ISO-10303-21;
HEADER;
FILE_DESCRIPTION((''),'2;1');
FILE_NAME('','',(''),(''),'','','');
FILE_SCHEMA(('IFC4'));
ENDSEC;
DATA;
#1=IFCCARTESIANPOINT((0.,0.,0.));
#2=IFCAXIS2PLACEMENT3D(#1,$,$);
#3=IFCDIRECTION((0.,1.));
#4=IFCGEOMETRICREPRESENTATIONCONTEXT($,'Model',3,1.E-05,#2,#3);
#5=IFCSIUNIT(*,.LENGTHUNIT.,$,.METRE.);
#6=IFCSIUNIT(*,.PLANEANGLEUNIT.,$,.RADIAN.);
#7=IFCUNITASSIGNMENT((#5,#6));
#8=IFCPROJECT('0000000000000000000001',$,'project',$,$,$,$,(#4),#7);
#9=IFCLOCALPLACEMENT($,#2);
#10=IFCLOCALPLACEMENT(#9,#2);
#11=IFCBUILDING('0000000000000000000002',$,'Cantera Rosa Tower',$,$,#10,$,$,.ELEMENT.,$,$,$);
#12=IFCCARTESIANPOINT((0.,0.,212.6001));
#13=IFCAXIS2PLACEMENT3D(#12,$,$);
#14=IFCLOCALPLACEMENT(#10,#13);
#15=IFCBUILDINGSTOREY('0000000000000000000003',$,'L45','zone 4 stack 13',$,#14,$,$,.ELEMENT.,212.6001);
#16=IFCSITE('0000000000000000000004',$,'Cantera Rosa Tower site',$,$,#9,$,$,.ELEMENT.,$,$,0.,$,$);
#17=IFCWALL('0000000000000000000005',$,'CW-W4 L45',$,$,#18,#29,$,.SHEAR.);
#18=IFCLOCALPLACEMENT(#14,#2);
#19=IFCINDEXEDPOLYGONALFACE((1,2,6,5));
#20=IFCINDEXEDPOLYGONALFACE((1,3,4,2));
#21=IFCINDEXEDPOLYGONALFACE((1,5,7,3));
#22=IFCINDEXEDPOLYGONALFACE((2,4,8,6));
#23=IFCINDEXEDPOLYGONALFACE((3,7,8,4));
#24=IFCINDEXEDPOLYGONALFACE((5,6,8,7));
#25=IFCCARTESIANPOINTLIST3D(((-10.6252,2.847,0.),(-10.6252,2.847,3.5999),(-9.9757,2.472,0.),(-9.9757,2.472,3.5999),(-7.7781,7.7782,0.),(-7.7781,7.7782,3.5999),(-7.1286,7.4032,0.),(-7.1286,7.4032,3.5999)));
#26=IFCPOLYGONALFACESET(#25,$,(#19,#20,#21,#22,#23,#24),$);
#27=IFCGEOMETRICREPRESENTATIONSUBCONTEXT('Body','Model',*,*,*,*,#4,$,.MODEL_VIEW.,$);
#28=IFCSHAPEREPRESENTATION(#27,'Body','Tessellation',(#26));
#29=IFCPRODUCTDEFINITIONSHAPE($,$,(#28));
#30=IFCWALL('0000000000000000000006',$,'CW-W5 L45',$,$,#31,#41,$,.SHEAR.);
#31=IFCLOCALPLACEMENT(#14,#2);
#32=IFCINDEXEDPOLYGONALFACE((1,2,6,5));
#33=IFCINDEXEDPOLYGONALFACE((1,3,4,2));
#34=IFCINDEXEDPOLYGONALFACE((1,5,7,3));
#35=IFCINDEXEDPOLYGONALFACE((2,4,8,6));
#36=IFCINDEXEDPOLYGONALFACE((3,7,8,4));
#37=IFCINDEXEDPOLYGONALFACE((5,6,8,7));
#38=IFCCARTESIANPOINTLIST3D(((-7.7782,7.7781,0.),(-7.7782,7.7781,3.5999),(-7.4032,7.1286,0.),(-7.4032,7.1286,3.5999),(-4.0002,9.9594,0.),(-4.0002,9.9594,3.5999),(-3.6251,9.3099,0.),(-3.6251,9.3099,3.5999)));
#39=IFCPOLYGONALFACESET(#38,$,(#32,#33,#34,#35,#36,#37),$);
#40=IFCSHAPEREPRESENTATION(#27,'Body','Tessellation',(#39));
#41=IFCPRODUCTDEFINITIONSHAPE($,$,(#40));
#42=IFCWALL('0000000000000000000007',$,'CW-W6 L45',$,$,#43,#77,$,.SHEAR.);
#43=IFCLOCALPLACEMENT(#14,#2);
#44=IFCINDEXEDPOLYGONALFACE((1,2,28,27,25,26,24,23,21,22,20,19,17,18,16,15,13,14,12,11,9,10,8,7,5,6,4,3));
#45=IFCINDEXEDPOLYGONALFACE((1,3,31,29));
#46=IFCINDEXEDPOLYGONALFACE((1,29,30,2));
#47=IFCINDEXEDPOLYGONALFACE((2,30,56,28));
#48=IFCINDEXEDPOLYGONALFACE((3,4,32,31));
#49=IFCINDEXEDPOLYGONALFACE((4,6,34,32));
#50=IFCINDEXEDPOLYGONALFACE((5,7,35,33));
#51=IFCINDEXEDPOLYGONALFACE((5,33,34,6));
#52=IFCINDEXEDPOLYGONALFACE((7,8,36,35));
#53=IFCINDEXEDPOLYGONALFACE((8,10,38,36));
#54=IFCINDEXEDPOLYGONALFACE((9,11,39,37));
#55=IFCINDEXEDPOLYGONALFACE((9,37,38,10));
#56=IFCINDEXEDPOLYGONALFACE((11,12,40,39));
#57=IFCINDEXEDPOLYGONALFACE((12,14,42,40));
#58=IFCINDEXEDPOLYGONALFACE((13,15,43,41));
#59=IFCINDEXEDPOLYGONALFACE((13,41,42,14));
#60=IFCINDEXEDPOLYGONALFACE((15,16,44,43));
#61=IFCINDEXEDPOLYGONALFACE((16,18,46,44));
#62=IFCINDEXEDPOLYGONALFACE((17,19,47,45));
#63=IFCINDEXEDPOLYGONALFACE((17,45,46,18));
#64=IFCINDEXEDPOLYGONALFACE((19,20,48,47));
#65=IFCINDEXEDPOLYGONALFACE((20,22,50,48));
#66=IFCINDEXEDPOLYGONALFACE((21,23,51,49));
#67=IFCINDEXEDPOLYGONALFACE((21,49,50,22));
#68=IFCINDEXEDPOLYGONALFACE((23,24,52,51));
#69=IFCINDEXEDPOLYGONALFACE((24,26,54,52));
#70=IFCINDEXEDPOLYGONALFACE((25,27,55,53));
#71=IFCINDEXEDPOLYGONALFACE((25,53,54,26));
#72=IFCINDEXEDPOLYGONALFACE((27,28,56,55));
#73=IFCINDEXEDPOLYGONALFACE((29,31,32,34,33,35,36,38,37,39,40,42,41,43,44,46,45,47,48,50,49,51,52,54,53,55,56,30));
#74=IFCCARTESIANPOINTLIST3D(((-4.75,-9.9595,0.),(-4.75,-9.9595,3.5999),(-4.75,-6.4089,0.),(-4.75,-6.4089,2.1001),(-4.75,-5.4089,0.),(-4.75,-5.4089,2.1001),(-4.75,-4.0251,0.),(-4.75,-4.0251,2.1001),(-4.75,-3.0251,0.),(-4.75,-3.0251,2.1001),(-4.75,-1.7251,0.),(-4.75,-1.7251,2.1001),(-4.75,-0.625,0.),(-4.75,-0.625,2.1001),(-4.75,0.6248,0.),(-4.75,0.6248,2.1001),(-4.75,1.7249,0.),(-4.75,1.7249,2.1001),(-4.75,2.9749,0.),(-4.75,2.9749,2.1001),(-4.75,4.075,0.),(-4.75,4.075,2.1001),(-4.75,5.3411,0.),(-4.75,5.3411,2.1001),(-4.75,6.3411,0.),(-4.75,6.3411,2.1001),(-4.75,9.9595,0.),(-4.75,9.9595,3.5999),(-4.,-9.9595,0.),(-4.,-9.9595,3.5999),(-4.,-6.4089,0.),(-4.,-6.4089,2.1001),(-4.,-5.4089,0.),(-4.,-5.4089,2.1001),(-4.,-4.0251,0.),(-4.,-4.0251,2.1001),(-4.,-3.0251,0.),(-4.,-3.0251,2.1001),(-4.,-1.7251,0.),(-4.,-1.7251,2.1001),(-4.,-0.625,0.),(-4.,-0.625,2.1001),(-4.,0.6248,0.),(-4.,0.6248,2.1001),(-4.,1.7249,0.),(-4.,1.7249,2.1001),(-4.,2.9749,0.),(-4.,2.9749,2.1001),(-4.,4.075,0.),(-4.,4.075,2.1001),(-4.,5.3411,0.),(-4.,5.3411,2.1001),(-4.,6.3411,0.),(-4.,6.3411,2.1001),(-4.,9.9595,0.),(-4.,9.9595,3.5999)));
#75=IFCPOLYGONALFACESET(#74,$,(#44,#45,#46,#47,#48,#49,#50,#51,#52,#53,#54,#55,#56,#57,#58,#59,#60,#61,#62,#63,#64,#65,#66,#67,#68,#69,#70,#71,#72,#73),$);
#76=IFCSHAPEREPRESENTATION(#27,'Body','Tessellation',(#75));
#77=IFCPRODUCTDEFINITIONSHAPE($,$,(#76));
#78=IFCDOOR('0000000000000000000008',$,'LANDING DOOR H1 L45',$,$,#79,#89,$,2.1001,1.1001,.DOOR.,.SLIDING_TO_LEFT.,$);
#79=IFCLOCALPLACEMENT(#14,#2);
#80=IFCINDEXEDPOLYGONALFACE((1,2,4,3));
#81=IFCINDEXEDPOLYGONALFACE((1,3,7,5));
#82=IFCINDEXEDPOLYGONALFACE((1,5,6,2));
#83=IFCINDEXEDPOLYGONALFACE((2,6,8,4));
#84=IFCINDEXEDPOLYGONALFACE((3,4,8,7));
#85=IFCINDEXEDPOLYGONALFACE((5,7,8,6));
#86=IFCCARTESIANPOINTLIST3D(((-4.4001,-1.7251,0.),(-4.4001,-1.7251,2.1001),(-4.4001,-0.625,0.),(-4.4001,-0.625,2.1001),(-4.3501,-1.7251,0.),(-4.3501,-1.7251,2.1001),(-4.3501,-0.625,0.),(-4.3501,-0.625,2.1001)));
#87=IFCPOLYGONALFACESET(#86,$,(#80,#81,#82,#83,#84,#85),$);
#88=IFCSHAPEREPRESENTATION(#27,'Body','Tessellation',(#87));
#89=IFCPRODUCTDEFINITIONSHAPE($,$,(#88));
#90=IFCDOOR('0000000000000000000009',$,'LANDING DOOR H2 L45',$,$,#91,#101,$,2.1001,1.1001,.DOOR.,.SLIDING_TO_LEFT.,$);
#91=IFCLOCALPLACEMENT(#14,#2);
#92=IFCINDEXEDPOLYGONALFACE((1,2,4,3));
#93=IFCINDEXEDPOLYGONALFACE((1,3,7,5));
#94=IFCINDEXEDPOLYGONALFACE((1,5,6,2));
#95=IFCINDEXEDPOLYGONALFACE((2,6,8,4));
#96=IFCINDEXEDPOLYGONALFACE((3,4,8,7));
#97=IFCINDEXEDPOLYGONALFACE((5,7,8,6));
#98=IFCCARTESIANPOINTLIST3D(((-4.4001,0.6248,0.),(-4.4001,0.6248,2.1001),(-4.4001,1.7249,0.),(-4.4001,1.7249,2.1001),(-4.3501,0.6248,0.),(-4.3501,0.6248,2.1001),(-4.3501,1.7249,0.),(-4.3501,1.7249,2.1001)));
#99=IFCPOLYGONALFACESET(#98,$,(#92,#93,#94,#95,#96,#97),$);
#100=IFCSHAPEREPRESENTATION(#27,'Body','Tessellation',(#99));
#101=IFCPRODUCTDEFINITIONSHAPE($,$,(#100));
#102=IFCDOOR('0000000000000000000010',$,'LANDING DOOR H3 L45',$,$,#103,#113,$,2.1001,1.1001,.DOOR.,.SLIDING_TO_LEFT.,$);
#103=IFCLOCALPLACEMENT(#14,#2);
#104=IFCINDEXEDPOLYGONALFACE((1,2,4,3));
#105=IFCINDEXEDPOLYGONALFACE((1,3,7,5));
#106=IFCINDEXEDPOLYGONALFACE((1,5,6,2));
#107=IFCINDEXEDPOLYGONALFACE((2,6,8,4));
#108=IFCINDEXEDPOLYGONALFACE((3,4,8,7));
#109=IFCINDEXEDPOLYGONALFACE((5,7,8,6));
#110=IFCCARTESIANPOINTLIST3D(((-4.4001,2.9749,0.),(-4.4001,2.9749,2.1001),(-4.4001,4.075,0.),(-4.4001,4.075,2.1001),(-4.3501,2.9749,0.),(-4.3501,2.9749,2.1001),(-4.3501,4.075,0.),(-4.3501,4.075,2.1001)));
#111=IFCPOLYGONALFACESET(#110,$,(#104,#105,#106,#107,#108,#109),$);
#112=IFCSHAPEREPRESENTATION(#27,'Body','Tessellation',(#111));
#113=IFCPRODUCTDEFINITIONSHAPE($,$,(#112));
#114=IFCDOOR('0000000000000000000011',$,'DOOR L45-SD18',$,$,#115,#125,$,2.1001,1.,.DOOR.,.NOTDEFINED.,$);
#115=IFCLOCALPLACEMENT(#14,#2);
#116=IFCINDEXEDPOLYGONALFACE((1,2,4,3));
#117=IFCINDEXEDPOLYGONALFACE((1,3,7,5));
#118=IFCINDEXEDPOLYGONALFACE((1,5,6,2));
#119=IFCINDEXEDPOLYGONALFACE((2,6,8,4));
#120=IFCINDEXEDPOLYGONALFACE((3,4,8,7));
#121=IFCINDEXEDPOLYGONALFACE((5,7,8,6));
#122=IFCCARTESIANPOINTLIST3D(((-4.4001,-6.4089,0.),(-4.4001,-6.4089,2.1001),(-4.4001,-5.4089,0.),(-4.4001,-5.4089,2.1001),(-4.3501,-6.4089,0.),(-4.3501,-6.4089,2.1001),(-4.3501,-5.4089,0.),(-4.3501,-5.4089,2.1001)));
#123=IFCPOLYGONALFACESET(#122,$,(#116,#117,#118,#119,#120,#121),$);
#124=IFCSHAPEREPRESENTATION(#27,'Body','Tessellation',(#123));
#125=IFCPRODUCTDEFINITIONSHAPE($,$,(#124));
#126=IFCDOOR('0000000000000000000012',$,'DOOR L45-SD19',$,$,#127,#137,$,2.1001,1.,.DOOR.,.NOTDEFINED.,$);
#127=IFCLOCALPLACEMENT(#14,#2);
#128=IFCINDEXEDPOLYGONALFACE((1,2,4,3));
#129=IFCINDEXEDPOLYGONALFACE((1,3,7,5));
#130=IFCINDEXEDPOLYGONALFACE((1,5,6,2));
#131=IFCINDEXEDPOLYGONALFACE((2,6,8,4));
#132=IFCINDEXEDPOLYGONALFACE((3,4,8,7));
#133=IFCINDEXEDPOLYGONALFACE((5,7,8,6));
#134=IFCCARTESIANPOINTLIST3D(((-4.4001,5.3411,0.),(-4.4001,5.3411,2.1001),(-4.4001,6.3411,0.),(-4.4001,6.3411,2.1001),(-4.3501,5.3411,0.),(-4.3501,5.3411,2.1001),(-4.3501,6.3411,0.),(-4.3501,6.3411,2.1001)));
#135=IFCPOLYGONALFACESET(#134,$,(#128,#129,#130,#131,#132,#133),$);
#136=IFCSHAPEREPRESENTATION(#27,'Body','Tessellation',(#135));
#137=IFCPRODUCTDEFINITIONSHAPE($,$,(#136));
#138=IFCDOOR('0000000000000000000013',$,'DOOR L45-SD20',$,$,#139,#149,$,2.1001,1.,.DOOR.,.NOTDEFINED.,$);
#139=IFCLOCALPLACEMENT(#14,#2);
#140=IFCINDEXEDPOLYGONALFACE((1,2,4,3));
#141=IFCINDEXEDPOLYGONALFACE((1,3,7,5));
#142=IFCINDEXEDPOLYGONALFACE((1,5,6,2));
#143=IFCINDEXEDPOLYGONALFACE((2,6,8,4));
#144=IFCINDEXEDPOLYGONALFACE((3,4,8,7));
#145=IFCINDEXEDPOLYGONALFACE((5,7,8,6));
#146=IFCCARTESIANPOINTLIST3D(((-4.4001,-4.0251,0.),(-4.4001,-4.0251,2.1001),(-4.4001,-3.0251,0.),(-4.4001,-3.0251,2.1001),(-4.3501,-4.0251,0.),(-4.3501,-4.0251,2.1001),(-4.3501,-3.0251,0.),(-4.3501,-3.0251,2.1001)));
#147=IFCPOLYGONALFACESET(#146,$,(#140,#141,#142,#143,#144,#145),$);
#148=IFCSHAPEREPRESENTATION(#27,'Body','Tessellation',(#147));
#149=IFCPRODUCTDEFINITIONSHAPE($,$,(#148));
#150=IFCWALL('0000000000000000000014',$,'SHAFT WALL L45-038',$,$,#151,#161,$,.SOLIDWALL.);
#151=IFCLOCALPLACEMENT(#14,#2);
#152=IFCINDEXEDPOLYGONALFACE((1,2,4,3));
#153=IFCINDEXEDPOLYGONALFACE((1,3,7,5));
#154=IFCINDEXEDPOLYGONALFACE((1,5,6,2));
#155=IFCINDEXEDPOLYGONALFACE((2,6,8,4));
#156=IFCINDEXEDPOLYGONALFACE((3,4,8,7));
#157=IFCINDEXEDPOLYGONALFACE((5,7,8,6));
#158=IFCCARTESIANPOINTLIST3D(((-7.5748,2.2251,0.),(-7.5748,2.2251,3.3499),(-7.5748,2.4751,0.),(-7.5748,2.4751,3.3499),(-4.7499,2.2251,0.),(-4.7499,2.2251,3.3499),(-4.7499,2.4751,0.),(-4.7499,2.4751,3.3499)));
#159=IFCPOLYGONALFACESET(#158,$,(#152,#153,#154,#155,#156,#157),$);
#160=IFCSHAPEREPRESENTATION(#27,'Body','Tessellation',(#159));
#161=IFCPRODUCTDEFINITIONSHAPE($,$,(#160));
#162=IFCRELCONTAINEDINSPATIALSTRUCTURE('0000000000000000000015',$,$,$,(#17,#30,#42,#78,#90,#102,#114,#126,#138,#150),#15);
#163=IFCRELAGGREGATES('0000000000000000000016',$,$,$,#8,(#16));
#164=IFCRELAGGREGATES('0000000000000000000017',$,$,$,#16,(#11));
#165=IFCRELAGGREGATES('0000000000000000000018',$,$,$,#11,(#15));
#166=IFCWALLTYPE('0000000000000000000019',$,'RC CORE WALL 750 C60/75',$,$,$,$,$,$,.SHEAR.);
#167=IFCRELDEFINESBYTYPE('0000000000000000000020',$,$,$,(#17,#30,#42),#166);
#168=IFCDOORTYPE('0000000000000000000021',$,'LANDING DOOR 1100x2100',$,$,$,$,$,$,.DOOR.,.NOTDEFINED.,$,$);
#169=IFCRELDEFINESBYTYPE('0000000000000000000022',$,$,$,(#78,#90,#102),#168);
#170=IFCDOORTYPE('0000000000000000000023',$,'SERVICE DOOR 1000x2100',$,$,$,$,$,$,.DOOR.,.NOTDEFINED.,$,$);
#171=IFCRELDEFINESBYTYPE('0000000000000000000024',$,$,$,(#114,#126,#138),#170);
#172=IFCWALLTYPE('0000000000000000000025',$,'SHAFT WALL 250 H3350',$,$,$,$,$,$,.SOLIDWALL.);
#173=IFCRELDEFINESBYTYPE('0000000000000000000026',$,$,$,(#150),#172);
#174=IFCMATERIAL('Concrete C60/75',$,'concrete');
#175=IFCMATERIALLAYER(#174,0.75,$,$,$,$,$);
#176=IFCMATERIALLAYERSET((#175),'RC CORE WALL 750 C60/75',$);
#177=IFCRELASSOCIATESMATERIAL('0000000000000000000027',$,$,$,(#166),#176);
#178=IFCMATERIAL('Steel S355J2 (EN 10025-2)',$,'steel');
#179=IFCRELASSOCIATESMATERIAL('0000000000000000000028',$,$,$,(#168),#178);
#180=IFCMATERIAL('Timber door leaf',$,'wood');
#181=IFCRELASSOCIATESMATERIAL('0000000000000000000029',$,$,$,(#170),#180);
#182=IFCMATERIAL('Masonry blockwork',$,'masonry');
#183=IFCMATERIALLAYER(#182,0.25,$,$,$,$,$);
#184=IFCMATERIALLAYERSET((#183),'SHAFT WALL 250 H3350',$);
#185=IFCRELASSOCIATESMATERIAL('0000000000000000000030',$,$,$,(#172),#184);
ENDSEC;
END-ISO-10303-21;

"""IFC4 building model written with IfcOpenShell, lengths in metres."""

from ifc_helpers import new_model, si_unit, direction, frame, frame_2d, origin, place, context, subcontext, project, spatial, rectangle, extrude, material, layer, layer_set, type_object, element, fill, save


model = new_model("IFC4")

# Units and contexts
model_context = context("Model", 3, precision=1e-05, world=origin(), true_north=direction((0.0, 1.0)))
body_context = subcontext(model_context, "Body", "Model", "MODEL_VIEW")
ifc_project = project(units=[si_unit("LENGTHUNIT", "METRE"), si_unit("PLANEANGLEUNIT", "RADIAN")], contexts=[model_context])

# Site, building, storey
site_placement = place(None, origin())
site = spatial("IfcSite", under=ifc_project, at=site_placement, Name="Cantera Rosa Tower site", CompositionType="ELEMENT", RefElevation=0.0)
building_placement = place(site_placement, origin())
building = spatial("IfcBuilding", under=site, at=building_placement, Name="Cantera Rosa Tower", CompositionType="ELEMENT")
storey_placement = place(building_placement, frame((0.0, 0.0, 212.6001)))
storey = spatial("IfcBuildingStorey", under=building, at=storey_placement, Name="L45", Description="zone 4 stack 13", CompositionType="ELEMENT", Elevation=212.6001)

# Walls
ifc_material_1 = material(Name="Concrete C60/75", Category="concrete")
ifc_layer_1 = layer(ifc_material_1, 0.75)
ifc_layer_set_1 = layer_set([ifc_layer_1], Name="RC CORE WALL 750 C60/75")
wall_type_1 = type_object("IfcWallType", Name="RC CORE WALL 750 C60/75", PredefinedType="SHEAR", material=ifc_layer_set_1)
wall_1_placement = place(storey_placement, frame((-10.3005, 2.6594, 0.0), z_axis=(0.0, 0.0, 1.0), x_axis=(0.500022, 0.866013, 0.0)))
element("IfcWall", 1, at=wall_1_placement, inside=storey, type_object=wall_type_1, Name="CW-W4 L45", PredefinedType="SHEAR", context=body_context, shape_type="SweptSolid", body=[
    extrude(rectangle(XDim=5.6941, YDim=0.75, at=frame_2d((2.8472, 0.0))), origin(), (0.0, 0.0, 1.0), 3.5999),
])
wall_2_placement = place(storey_placement, frame((-7.5906, 7.4534, 0.0), z_axis=(0.0, 0.0, 1.0), x_axis=(0.866013, 0.500021, 0.0)))
element("IfcWall", 2, at=wall_2_placement, inside=storey, type_object=wall_type_1, Name="CW-W5 L45", PredefinedType="SHEAR", context=body_context, shape_type="SweptSolid", body=[
    extrude(rectangle(XDim=4.3625, YDim=0.75, at=frame_2d((2.1812, 0.0))), origin(), (0.0, 0.0, 1.0), 3.5999),
])

# Wall, openings, doors
wall_3_placement = place(storey_placement, frame((-4.375, 9.9595, 0.0), z_axis=(0.0, 0.0, 1.0), x_axis=(0.0, -1.0, 0.0)))
wall_3 = element("IfcWall", 3, at=wall_3_placement, inside=storey, type_object=wall_type_1, Name="CW-W6 L45", PredefinedType="SHEAR", context=body_context, shape_type="SweptSolid", body=[
    extrude(rectangle(XDim=19.9189, YDim=0.75, at=frame_2d((9.9595, 0.0))), origin(), (0.0, 0.0, 1.0), 3.5999),
])
opening_1_placement = place(wall_3_placement, frame((10.5845, 0.0, 0.0)))
opening_1 = element("IfcOpeningElement", 4, at=opening_1_placement, cuts=wall_3, PredefinedType="OPENING", context=body_context, shape_type="SweptSolid", body=[
    extrude(rectangle(XDim=1.1001, YDim=2.1001, at=frame_2d((0.55, 1.05))), frame((0.0, 0.385, 0.0), z_axis=(0.0, -1.0, 0.0), x_axis=(1.0, 0.0, 0.0)), (0.0, 0.0, 1.0), 0.77),
])
opening_2_placement = place(wall_3_placement, frame((8.2346, 0.0, 0.0)))
opening_2 = element("IfcOpeningElement", 5, at=opening_2_placement, cuts=wall_3, PredefinedType="OPENING", context=body_context, shape_type="SweptSolid", body=[
    extrude(rectangle(XDim=1.1001, YDim=2.1001, at=frame_2d((0.55, 1.05))), frame((0.0, 0.385, 0.0), z_axis=(0.0, -1.0, 0.0), x_axis=(1.0, 0.0, 0.0)), (0.0, 0.0, 1.0), 0.77),
])
opening_3_placement = place(wall_3_placement, frame((5.8845, 0.0, 0.0)))
opening_3 = element("IfcOpeningElement", 6, at=opening_3_placement, cuts=wall_3, PredefinedType="OPENING", context=body_context, shape_type="SweptSolid", body=[
    extrude(rectangle(XDim=1.1001, YDim=2.1001, at=frame_2d((0.55, 1.05))), frame((0.0, 0.385, 0.0), z_axis=(0.0, -1.0, 0.0), x_axis=(1.0, 0.0, 0.0)), (0.0, 0.0, 1.0), 0.77),
])
opening_4_placement = place(wall_3_placement, frame((15.3684, 0.0, 0.0)))
opening_4 = element("IfcOpeningElement", 7, at=opening_4_placement, cuts=wall_3, PredefinedType="OPENING", context=body_context, shape_type="SweptSolid", body=[
    extrude(rectangle(XDim=1.0, YDim=2.1001, at=frame_2d((0.5, 1.05))), frame((0.0, 0.385, 0.0), z_axis=(0.0, -1.0, 0.0), x_axis=(1.0, 0.0, 0.0)), (0.0, 0.0, 1.0), 0.77),
])
opening_5_placement = place(wall_3_placement, frame((3.6184, 0.0, 0.0)))
opening_5 = element("IfcOpeningElement", 8, at=opening_5_placement, cuts=wall_3, PredefinedType="OPENING", context=body_context, shape_type="SweptSolid", body=[
    extrude(rectangle(XDim=1.0, YDim=2.1001, at=frame_2d((0.5, 1.05))), frame((0.0, 0.385, 0.0), z_axis=(0.0, -1.0, 0.0), x_axis=(1.0, 0.0, 0.0)), (0.0, 0.0, 1.0), 0.77),
])
opening_6_placement = place(wall_3_placement, frame((12.9846, 0.0, 0.0)))
opening_6 = element("IfcOpeningElement", 9, at=opening_6_placement, cuts=wall_3, PredefinedType="OPENING", context=body_context, shape_type="SweptSolid", body=[
    extrude(rectangle(XDim=1.0, YDim=2.1001, at=frame_2d((0.5, 1.05))), frame((0.0, 0.385, 0.0), z_axis=(0.0, -1.0, 0.0), x_axis=(1.0, 0.0, 0.0)), (0.0, 0.0, 1.0), 0.77),
])
ifc_material_2 = material(Name="Steel S355J2 (EN 10025-2)", Category="steel")
door_type_1 = type_object("IfcDoorType", Name="LANDING DOOR 1100x2100", OperationType="NOTDEFINED", PredefinedType="DOOR", material=ifc_material_2)
door_1_placement = place(opening_1_placement, origin())
door_1 = element("IfcDoor", 10, at=door_1_placement, inside=storey, type_object=door_type_1, Name="LANDING DOOR H1 L45", OperationType="SLIDING_TO_LEFT", OverallHeight=2.1001, OverallWidth=1.1001, PredefinedType="DOOR", context=body_context, shape_type="SweptSolid", body=[
    extrude(rectangle(XDim=1.1001, YDim=2.1001, at=frame_2d((0.55, 1.05))), frame((0.0, 0.0249, 0.0), z_axis=(0.0, -1.0, 0.0), x_axis=(1.0, 0.0, 0.0)), (0.0, 0.0, 1.0), 0.05),
])
fill(opening_1, door_1)
door_2_placement = place(opening_2_placement, origin())
door_2 = element("IfcDoor", 11, at=door_2_placement, inside=storey, type_object=door_type_1, Name="LANDING DOOR H2 L45", OperationType="SLIDING_TO_LEFT", OverallHeight=2.1001, OverallWidth=1.1001, PredefinedType="DOOR", context=body_context, shape_type="SweptSolid", body=[
    extrude(rectangle(XDim=1.1001, YDim=2.1001, at=frame_2d((0.55, 1.05))), frame((0.0, 0.0249, 0.0), z_axis=(0.0, -1.0, 0.0), x_axis=(1.0, 0.0, 0.0)), (0.0, 0.0, 1.0), 0.05),
])
fill(opening_2, door_2)
door_3_placement = place(opening_3_placement, origin())
door_3 = element("IfcDoor", 12, at=door_3_placement, inside=storey, type_object=door_type_1, Name="LANDING DOOR H3 L45", OperationType="SLIDING_TO_LEFT", OverallHeight=2.1001, OverallWidth=1.1001, PredefinedType="DOOR", context=body_context, shape_type="SweptSolid", body=[
    extrude(rectangle(XDim=1.1001, YDim=2.1001, at=frame_2d((0.55, 1.05))), frame((0.0, 0.0249, 0.0), z_axis=(0.0, -1.0, 0.0), x_axis=(1.0, 0.0, 0.0)), (0.0, 0.0, 1.0), 0.05),
])
fill(opening_3, door_3)
ifc_material_3 = material(Name="Timber door leaf", Category="wood")
door_type_2 = type_object("IfcDoorType", Name="SERVICE DOOR 1000x2100", OperationType="NOTDEFINED", PredefinedType="DOOR", material=ifc_material_3)
door_4_placement = place(opening_4_placement, origin())
door_4 = element("IfcDoor", 13, at=door_4_placement, inside=storey, type_object=door_type_2, Name="DOOR L45-SD18", OperationType="NOTDEFINED", OverallHeight=2.1001, OverallWidth=1.0, PredefinedType="DOOR", context=body_context, shape_type="SweptSolid", body=[
    extrude(rectangle(XDim=1.0, YDim=2.1001, at=frame_2d((0.5, 1.05))), frame((0.0, 0.0249, 0.0), z_axis=(0.0, -1.0, 0.0), x_axis=(1.0, 0.0, 0.0)), (0.0, 0.0, 1.0), 0.05),
])
fill(opening_4, door_4)
door_5_placement = place(opening_5_placement, origin())
door_5 = element("IfcDoor", 14, at=door_5_placement, inside=storey, type_object=door_type_2, Name="DOOR L45-SD19", OperationType="NOTDEFINED", OverallHeight=2.1001, OverallWidth=1.0, PredefinedType="DOOR", context=body_context, shape_type="SweptSolid", body=[
    extrude(rectangle(XDim=1.0, YDim=2.1001, at=frame_2d((0.5, 1.05))), frame((0.0, 0.0249, 0.0), z_axis=(0.0, -1.0, 0.0), x_axis=(1.0, 0.0, 0.0)), (0.0, 0.0, 1.0), 0.05),
])
fill(opening_5, door_5)
door_6_placement = place(opening_6_placement, origin())
door_6 = element("IfcDoor", 15, at=door_6_placement, inside=storey, type_object=door_type_2, Name="DOOR L45-SD20", OperationType="NOTDEFINED", OverallHeight=2.1001, OverallWidth=1.0, PredefinedType="DOOR", context=body_context, shape_type="SweptSolid", body=[
    extrude(rectangle(XDim=1.0, YDim=2.1001, at=frame_2d((0.5, 1.05))), frame((0.0, 0.0249, 0.0), z_axis=(0.0, -1.0, 0.0), x_axis=(1.0, 0.0, 0.0)), (0.0, 0.0, 1.0), 0.05),
])
fill(opening_6, door_6)

# Wall
ifc_material_4 = material(Name="Masonry blockwork", Category="masonry")
ifc_layer_2 = layer(ifc_material_4, 0.25)
ifc_layer_set_2 = layer_set([ifc_layer_2], Name="SHAFT WALL 250 H3350")
wall_type_2 = type_object("IfcWallType", Name="SHAFT WALL 250 H3350", PredefinedType="SOLIDWALL", material=ifc_layer_set_2)
wall_4_placement = place(storey_placement, frame((-7.575, 2.3501, 0.0), z_axis=(0.0, 0.0, 1.0), x_axis=(1.0, 0.0, 0.0)))
element("IfcWall", 16, at=wall_4_placement, inside=storey, type_object=wall_type_2, Name="SHAFT WALL L45-038", PredefinedType="SOLIDWALL", context=body_context, shape_type="SweptSolid", body=[
    extrude(rectangle(XDim=2.825, YDim=0.25, at=frame_2d((1.4126, 0.0))), origin(), (0.0, 0.0, 1.0), 3.3499),
])

save(model, "model.ifc")
